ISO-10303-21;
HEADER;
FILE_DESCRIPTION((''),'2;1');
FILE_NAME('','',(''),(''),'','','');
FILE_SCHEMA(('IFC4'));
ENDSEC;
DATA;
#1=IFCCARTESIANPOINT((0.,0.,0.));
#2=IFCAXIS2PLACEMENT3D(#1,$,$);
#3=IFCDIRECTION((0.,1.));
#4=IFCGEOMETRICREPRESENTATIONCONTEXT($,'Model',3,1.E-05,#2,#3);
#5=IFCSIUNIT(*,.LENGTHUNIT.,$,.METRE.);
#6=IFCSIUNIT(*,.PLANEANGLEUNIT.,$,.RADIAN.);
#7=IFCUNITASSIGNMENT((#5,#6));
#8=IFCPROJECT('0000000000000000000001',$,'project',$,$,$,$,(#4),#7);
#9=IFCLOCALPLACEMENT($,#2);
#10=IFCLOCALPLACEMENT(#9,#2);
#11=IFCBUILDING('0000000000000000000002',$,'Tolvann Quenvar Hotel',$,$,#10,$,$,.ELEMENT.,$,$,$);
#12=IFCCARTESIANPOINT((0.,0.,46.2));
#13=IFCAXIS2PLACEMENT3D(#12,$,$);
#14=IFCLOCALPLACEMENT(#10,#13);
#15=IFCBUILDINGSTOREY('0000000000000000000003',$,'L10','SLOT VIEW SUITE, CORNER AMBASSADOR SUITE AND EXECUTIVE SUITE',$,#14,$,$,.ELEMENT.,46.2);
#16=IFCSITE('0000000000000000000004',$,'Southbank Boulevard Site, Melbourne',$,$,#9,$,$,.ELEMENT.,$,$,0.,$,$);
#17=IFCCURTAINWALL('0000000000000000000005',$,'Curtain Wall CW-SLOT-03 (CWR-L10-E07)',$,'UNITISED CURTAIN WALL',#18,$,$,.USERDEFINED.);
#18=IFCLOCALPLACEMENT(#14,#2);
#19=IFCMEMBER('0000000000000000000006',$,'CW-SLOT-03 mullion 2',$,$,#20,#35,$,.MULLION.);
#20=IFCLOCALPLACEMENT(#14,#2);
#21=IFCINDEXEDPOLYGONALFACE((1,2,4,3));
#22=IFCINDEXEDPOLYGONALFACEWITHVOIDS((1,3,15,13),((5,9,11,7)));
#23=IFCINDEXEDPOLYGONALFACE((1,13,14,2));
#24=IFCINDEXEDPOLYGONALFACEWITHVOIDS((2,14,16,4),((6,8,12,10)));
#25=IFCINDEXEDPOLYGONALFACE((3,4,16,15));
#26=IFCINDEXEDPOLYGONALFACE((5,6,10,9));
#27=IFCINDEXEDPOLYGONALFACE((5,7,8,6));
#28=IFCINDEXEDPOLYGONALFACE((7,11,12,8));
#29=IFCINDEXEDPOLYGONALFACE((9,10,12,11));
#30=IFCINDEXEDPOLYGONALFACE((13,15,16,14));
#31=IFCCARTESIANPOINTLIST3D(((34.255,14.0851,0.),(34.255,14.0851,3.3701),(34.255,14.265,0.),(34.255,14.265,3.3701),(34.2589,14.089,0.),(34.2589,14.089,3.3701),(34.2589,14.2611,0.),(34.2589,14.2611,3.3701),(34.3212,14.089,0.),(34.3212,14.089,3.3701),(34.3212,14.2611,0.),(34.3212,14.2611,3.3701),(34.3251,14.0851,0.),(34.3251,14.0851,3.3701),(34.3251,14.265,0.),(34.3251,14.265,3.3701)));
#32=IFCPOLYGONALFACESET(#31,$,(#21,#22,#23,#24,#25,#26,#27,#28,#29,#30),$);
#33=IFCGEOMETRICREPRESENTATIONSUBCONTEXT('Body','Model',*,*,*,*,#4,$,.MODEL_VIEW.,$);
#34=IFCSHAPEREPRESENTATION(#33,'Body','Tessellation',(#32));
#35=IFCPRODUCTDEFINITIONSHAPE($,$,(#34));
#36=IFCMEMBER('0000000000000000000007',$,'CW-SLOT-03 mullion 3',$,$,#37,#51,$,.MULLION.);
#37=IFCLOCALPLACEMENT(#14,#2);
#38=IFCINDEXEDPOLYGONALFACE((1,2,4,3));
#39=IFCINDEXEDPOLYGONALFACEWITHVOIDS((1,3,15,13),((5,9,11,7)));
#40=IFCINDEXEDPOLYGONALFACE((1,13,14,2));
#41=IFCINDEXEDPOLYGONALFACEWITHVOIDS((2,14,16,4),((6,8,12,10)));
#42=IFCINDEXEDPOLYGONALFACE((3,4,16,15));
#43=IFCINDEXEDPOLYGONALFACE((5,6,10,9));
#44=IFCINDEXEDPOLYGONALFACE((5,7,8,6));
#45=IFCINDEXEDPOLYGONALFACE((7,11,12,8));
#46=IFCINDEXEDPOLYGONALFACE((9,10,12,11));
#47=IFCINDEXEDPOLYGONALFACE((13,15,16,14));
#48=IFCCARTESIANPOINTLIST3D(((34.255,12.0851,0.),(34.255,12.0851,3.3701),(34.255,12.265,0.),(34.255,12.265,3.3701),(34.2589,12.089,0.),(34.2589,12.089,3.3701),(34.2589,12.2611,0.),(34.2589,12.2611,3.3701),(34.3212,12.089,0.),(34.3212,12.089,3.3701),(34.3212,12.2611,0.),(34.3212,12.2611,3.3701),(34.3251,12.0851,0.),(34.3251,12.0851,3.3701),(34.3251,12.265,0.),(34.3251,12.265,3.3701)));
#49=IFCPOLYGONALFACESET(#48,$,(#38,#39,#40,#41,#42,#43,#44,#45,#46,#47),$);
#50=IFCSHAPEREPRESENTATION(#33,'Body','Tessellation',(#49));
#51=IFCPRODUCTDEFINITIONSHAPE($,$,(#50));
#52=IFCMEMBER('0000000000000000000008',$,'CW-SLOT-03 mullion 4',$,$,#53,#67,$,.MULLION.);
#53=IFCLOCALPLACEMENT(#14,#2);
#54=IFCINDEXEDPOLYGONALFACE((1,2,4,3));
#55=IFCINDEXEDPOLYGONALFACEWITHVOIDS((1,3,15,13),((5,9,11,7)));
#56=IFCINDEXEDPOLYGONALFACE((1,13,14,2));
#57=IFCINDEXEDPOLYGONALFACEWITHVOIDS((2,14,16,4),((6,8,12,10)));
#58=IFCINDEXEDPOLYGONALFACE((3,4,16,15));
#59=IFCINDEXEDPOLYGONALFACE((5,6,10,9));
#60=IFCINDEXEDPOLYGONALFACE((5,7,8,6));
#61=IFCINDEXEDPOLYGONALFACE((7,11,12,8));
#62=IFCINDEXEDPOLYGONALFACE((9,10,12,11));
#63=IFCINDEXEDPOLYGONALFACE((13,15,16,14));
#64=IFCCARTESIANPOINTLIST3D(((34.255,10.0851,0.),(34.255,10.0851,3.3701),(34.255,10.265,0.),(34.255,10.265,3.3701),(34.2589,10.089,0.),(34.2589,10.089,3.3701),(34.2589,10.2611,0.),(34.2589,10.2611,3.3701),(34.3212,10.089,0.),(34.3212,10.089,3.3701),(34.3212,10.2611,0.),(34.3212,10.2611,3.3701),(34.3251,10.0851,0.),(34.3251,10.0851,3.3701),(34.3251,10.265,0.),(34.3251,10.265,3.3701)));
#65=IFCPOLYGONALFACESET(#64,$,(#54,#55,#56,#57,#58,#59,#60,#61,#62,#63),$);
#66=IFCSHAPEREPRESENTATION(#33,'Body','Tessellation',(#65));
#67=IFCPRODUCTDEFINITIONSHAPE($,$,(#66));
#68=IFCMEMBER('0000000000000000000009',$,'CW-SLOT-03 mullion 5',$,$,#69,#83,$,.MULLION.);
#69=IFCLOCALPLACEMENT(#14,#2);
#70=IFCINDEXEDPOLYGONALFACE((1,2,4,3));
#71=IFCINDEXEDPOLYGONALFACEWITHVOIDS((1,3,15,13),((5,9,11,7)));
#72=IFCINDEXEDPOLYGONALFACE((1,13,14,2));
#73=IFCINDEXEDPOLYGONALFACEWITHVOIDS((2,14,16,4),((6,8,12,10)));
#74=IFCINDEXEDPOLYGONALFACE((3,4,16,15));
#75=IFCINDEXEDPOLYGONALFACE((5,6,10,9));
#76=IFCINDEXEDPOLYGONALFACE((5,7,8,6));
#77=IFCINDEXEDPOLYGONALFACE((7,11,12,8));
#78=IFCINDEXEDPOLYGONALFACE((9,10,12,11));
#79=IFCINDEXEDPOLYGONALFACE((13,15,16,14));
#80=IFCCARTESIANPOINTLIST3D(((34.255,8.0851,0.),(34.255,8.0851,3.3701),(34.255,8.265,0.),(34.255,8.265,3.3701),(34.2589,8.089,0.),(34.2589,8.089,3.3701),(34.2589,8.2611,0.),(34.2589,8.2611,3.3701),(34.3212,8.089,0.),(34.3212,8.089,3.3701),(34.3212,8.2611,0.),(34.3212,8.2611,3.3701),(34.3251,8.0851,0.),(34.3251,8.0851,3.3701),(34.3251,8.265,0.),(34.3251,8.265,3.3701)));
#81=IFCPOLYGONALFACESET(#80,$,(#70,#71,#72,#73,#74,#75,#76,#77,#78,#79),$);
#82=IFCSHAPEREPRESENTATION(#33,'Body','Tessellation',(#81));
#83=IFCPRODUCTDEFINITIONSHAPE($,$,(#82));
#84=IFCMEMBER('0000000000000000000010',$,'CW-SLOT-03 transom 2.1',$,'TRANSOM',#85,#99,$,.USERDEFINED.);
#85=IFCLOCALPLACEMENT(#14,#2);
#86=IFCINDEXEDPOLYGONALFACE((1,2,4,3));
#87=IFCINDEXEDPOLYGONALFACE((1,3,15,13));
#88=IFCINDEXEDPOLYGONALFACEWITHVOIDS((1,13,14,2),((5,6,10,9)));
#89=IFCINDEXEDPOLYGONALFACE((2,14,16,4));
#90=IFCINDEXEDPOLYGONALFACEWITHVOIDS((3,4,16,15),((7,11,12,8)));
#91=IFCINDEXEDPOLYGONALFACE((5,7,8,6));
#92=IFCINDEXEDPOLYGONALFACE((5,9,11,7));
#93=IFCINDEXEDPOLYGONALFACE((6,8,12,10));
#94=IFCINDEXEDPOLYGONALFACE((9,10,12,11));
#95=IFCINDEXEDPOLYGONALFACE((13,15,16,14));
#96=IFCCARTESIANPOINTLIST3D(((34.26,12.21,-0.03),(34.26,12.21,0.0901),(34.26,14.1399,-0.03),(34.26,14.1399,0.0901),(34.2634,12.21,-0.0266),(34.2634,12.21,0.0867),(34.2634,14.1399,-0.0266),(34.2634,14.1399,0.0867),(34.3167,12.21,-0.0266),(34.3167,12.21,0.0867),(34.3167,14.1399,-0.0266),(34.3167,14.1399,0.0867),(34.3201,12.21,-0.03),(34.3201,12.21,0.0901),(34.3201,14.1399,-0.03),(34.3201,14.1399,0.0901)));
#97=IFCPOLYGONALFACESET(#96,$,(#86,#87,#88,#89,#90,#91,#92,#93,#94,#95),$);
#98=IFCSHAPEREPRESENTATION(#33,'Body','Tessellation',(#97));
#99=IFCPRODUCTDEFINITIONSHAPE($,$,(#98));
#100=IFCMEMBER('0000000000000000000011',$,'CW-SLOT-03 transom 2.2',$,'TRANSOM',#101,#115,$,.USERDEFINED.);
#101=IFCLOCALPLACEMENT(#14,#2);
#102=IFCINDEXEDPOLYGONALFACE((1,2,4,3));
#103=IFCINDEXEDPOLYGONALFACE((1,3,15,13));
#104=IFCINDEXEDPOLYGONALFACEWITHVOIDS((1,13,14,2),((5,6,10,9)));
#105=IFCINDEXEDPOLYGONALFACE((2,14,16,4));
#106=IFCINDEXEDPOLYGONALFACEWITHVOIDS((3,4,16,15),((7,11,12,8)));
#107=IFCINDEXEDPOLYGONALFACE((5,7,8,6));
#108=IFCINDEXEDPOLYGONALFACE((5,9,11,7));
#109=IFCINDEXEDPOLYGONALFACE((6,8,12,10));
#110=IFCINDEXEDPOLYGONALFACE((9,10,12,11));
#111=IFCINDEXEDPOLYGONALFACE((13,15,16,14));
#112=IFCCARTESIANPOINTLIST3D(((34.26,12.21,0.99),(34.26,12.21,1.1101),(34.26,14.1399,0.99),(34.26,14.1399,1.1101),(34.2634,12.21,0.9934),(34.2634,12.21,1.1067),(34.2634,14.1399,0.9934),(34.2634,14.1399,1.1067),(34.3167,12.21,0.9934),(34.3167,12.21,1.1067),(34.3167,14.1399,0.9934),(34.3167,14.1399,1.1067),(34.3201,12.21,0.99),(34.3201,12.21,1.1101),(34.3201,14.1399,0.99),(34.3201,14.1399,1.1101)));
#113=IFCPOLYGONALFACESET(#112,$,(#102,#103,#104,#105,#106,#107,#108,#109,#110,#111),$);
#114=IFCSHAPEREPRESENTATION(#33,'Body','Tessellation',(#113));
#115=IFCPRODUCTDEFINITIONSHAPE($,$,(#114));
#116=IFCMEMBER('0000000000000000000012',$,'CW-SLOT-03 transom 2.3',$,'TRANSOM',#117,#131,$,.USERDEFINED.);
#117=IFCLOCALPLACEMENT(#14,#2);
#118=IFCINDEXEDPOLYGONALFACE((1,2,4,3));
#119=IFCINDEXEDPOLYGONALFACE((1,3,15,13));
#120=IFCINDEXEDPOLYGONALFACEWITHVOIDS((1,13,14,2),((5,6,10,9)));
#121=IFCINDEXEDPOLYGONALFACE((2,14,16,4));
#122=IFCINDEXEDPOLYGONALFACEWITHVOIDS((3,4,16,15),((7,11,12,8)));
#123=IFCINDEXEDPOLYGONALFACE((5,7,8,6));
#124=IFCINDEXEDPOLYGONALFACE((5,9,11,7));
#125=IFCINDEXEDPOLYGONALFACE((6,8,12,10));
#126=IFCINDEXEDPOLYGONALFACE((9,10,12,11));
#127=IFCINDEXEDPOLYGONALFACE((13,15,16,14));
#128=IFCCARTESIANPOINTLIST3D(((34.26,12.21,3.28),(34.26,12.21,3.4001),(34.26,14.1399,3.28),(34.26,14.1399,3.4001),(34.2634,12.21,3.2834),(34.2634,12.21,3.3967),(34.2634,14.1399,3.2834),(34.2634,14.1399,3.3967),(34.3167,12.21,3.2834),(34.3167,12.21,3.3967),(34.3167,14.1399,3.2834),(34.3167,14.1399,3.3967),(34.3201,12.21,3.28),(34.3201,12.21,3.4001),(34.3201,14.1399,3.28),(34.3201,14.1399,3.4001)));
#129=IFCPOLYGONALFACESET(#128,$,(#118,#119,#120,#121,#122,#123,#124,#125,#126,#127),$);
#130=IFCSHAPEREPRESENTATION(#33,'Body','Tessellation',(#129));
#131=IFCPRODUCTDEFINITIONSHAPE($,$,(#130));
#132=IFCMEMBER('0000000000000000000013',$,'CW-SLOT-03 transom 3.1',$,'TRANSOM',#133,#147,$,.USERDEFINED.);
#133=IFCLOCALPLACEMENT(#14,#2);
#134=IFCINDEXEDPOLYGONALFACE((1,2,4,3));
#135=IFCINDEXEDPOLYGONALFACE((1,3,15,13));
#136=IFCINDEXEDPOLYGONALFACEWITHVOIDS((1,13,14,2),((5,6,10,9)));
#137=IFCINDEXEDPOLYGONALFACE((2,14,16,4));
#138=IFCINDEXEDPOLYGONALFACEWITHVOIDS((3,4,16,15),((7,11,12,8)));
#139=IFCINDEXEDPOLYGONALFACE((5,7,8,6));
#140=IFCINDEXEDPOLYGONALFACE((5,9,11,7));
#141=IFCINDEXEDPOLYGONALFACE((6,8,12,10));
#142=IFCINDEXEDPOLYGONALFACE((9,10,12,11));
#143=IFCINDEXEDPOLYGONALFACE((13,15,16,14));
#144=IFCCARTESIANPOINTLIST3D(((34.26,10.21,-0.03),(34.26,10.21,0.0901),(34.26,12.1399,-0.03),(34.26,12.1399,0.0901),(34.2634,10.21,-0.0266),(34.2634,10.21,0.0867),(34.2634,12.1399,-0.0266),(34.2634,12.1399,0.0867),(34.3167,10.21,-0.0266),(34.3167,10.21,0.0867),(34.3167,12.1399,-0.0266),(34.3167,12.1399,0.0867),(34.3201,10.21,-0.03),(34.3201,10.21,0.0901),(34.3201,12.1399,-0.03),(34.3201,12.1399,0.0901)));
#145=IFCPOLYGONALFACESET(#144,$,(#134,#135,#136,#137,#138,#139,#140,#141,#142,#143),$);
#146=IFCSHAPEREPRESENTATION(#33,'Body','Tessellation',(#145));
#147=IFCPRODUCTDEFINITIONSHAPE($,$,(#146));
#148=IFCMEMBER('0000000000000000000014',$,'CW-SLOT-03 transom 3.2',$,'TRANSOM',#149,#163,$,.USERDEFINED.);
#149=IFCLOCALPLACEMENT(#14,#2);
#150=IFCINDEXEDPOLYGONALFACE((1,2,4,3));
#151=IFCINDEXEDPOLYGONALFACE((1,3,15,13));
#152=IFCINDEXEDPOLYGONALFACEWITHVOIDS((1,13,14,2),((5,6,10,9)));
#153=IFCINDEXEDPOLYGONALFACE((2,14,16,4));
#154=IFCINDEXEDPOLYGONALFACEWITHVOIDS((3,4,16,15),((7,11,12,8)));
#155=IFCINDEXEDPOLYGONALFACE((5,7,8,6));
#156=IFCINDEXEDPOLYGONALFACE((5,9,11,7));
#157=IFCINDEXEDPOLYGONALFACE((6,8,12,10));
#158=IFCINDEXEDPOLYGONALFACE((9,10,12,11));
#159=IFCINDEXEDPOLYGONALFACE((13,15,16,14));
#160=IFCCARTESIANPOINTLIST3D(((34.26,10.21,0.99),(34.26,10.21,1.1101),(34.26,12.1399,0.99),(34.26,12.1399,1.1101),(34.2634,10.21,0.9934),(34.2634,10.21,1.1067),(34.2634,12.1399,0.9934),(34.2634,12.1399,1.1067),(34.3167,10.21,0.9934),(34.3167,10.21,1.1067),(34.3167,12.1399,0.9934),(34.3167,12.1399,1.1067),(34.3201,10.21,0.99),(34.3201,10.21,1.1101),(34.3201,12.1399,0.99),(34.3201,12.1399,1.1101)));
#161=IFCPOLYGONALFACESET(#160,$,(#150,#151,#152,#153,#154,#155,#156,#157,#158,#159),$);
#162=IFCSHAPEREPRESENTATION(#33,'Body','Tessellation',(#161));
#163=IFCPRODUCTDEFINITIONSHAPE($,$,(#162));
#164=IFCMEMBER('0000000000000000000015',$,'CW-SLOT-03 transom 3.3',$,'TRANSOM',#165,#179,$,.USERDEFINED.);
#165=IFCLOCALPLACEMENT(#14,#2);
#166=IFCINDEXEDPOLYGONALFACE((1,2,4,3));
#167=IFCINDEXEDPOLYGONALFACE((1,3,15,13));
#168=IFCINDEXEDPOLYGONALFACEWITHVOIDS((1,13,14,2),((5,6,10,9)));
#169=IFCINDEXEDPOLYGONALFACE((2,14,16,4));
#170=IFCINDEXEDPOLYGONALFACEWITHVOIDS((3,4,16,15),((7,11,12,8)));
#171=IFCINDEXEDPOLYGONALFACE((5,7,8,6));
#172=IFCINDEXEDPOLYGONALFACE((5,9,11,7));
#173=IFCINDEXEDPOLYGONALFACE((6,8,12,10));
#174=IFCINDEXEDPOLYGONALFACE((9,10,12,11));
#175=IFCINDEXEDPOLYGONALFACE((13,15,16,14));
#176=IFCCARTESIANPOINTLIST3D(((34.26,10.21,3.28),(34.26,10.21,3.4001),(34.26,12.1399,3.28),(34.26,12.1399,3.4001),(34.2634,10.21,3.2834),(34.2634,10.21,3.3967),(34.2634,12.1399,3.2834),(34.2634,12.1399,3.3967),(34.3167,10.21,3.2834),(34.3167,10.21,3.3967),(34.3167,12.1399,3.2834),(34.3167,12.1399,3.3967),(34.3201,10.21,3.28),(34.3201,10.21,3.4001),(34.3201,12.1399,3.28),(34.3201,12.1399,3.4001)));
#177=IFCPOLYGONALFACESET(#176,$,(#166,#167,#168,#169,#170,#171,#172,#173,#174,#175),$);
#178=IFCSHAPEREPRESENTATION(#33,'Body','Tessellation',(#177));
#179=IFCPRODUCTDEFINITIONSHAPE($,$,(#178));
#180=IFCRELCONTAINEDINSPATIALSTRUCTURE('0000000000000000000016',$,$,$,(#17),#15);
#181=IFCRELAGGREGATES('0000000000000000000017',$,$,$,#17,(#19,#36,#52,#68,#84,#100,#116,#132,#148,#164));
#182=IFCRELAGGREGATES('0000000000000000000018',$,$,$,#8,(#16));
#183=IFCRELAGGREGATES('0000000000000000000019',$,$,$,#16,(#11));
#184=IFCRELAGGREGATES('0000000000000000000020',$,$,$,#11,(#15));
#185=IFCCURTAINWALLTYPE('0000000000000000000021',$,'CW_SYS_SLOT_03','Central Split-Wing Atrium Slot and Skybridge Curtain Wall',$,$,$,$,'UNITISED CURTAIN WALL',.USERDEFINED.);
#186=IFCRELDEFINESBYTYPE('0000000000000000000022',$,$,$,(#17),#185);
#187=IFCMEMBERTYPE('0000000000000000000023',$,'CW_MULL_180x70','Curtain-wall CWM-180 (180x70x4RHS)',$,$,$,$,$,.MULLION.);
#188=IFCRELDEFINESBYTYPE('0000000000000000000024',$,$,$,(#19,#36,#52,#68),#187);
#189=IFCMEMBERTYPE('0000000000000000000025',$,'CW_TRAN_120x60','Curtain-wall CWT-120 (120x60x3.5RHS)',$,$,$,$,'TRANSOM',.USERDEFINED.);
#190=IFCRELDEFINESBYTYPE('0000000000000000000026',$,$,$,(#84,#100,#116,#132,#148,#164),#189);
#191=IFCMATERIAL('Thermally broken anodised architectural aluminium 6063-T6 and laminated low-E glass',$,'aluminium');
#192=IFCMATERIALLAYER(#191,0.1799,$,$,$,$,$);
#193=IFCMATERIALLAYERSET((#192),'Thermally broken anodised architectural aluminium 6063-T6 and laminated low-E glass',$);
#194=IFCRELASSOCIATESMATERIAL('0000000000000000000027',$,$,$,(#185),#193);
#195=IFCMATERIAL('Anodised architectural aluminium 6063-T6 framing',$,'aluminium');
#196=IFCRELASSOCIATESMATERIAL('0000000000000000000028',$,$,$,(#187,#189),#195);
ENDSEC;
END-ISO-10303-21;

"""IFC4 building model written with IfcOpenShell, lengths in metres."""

from ifc_helpers import new_model, si_unit, direction, frame, origin, origin_2d, place, context, subcontext, project, spatial, hollow_rectangle, extrude, source, transform, mapped, material, layer, layer_set, material_profile, profile_set, type_object, type_shapes, element, aggregate, save


model = new_model("IFC4")

# Units and contexts
model_context = context("Model", 3, precision=1e-05, world=origin(), true_north=direction((0.0, 1.0)))
body_context = subcontext(model_context, "Body", "Model", "MODEL_VIEW")
ifc_project = project(units=[si_unit("LENGTHUNIT", "METRE"), si_unit("PLANEANGLEUNIT", "RADIAN")], contexts=[model_context])

# Site, building, storey
site_placement = place(None, origin())
site = spatial("IfcSite", under=ifc_project, at=site_placement, Name="Southbank Boulevard Site, Melbourne", CompositionType="ELEMENT", RefElevation=0.0)
building_placement = place(site_placement, origin())
building = spatial("IfcBuilding", under=site, at=building_placement, Name="Tolvann Quenvar Hotel", CompositionType="ELEMENT")
storey_placement = place(building_placement, frame((0.0, 0.0, 46.2)))
storey = spatial("IfcBuildingStorey", under=building, at=storey_placement, Name="L10", Description="SLOT VIEW SUITE, CORNER AMBASSADOR SUITE AND EXECUTIVE SUITE", CompositionType="ELEMENT", Elevation=46.2)

# Curtain wall, members
ifc_material_1 = material(Name="Thermally broken anodised architectural aluminium 6063-T6 and laminated low-E glass", Category="aluminium")
ifc_layer_1 = layer(ifc_material_1, 0.1799)
ifc_layer_set_1 = layer_set([ifc_layer_1], Name="Thermally broken anodised architectural aluminium 6063-T6 and laminated low-E glass")
curtain_wall_type = type_object("IfcCurtainWallType", Name="CW_SYS_SLOT_03", Description="Central Split-Wing Atrium Slot and Skybridge Curtain Wall", ElementType="UNITISED CURTAIN WALL", PredefinedType="USERDEFINED", material=ifc_layer_set_1)
curtain_wall_1_placement = place(storey_placement, origin())
curtain_wall_1 = element("IfcCurtainWall", 1, at=curtain_wall_1_placement, inside=storey, type_object=curtain_wall_type, Name="Curtain Wall CW-SLOT-03 (CWR-L10-E07)", ObjectType="UNITISED CURTAIN WALL", PredefinedType="USERDEFINED")
ifc_material_2 = material(Name="Anodised architectural aluminium 6063-T6 framing", Category="aluminium")
ifc_material_profile_1 = material_profile(ifc_material_2, hollow_rectangle(XDim=0.0701, YDim=0.1799, WallThickness=0.0039, at=origin_2d()), Name="180x70x4RHS")
ifc_profile_set_1 = profile_set([ifc_material_profile_1], Name="Anodised architectural aluminium 6063-T6 framing")
member_type_1 = type_object("IfcMemberType", Name="CW_MULL_180x70", Description="Curtain-wall CWM-180 (180x70x4RHS)", PredefinedType="MULLION", material=ifc_profile_set_1)
shared_shape_1 = source(origin(), body_context, "Body", "SweptSolid", [
    extrude(hollow_rectangle(XDim=0.0701, YDim=0.1799, WallThickness=0.0039, at=origin_2d()), origin(), (0.0, 0.0, 1.0), 3.3701),
])
type_shapes(member_type_1, [shared_shape_1])
member_1_placement = place(storey_placement, frame((34.29, 14.175, 0.0), z_axis=(0.0, 0.0, 1.0), x_axis=(1.0, 0.0, 0.0)))
member_1 = element("IfcMember", 2, at=member_1_placement, type_object=member_type_1, Name="CW-SLOT-03 mullion 2", PredefinedType="MULLION", context=body_context, shape_type="MappedRepresentation", body=[
    mapped(shared_shape_1, transform((0.0, 0.0, 0.0), x_axis=(1.0, 0.0, 0.0), y_axis=(0.0, 1.0, 0.0), z_axis=(0.0, 0.0, 1.0), scale=1.0)),
])
member_2_placement = place(storey_placement, frame((34.29, 12.175, 0.0), z_axis=(0.0, 0.0, 1.0), x_axis=(1.0, 0.0, 0.0)))
member_2 = element("IfcMember", 3, at=member_2_placement, type_object=member_type_1, Name="CW-SLOT-03 mullion 3", PredefinedType="MULLION", context=body_context, shape_type="MappedRepresentation", body=[
    mapped(shared_shape_1, transform((0.0, 0.0, 0.0), x_axis=(1.0, 0.0, 0.0), y_axis=(0.0, 1.0, 0.0), z_axis=(0.0, 0.0, 1.0), scale=1.0)),
])
member_3_placement = place(storey_placement, frame((34.29, 10.175, 0.0), z_axis=(0.0, 0.0, 1.0), x_axis=(1.0, 0.0, 0.0)))
member_3 = element("IfcMember", 4, at=member_3_placement, type_object=member_type_1, Name="CW-SLOT-03 mullion 4", PredefinedType="MULLION", context=body_context, shape_type="MappedRepresentation", body=[
    mapped(shared_shape_1, transform((0.0, 0.0, 0.0), x_axis=(1.0, 0.0, 0.0), y_axis=(0.0, 1.0, 0.0), z_axis=(0.0, 0.0, 1.0), scale=1.0)),
])
member_4_placement = place(storey_placement, frame((34.29, 8.175, 0.0), z_axis=(0.0, 0.0, 1.0), x_axis=(1.0, 0.0, 0.0)))
member_4 = element("IfcMember", 5, at=member_4_placement, type_object=member_type_1, Name="CW-SLOT-03 mullion 5", PredefinedType="MULLION", context=body_context, shape_type="MappedRepresentation", body=[
    mapped(shared_shape_1, transform((0.0, 0.0, 0.0), x_axis=(1.0, 0.0, 0.0), y_axis=(0.0, 1.0, 0.0), z_axis=(0.0, 0.0, 1.0), scale=1.0)),
])
ifc_material_profile_2 = material_profile(ifc_material_2, hollow_rectangle(XDim=0.0601, YDim=0.1201, WallThickness=0.0034, at=origin_2d()), Name="120x60x3.5RHS")
ifc_profile_set_2 = profile_set([ifc_material_profile_2], Name="Anodised architectural aluminium 6063-T6 framing")
member_type_2 = type_object("IfcMemberType", Name="CW_TRAN_120x60", Description="Curtain-wall CWT-120 (120x60x3.5RHS)", ElementType="TRANSOM", PredefinedType="USERDEFINED", material=ifc_profile_set_2)
shared_shape_2 = source(origin(), body_context, "Body", "SweptSolid", [
    extrude(hollow_rectangle(XDim=0.0601, YDim=0.1201, WallThickness=0.0034, at=origin_2d()), origin(), (0.0, 0.0, 1.0), 1.9299),
])
member_5_placement = place(storey_placement, frame((34.29, 14.1399, 0.03), z_axis=(0.0, -1.0, 0.0), x_axis=(1.0, 0.0, 0.0)))
member_5 = element("IfcMember", 6, at=member_5_placement, type_object=member_type_2, Name="CW-SLOT-03 transom 2.1", ObjectType="TRANSOM", PredefinedType="USERDEFINED", context=body_context, shape_type="MappedRepresentation", body=[
    mapped(shared_shape_2, transform((0.0, 0.0, 0.0), x_axis=(1.0, 0.0, 0.0), y_axis=(0.0, 1.0, 0.0), z_axis=(0.0, 0.0, 1.0), scale=1.0)),
])
member_6_placement = place(storey_placement, frame((34.29, 14.1399, 1.05), z_axis=(0.0, -1.0, 0.0), x_axis=(1.0, 0.0, 0.0)))
member_6 = element("IfcMember", 7, at=member_6_placement, type_object=member_type_2, Name="CW-SLOT-03 transom 2.2", ObjectType="TRANSOM", PredefinedType="USERDEFINED", context=body_context, shape_type="MappedRepresentation", body=[
    mapped(shared_shape_2, transform((0.0, 0.0, 0.0), x_axis=(1.0, 0.0, 0.0), y_axis=(0.0, 1.0, 0.0), z_axis=(0.0, 0.0, 1.0), scale=1.0)),
])
member_7_placement = place(storey_placement, frame((34.29, 14.1399, 3.3401), z_axis=(0.0, -1.0, 0.0), x_axis=(1.0, 0.0, 0.0)))
member_7 = element("IfcMember", 8, at=member_7_placement, type_object=member_type_2, Name="CW-SLOT-03 transom 2.3", ObjectType="TRANSOM", PredefinedType="USERDEFINED", context=body_context, shape_type="MappedRepresentation", body=[
    mapped(shared_shape_2, transform((0.0, 0.0, 0.0), x_axis=(1.0, 0.0, 0.0), y_axis=(0.0, 1.0, 0.0), z_axis=(0.0, 0.0, 1.0), scale=1.0)),
])
member_8_placement = place(storey_placement, frame((34.29, 12.1399, 0.03), z_axis=(0.0, -1.0, 0.0), x_axis=(1.0, 0.0, 0.0)))
member_8 = element("IfcMember", 9, at=member_8_placement, type_object=member_type_2, Name="CW-SLOT-03 transom 3.1", ObjectType="TRANSOM", PredefinedType="USERDEFINED", context=body_context, shape_type="MappedRepresentation", body=[
    mapped(shared_shape_2, transform((0.0, 0.0, 0.0), x_axis=(1.0, 0.0, 0.0), y_axis=(0.0, 1.0, 0.0), z_axis=(0.0, 0.0, 1.0), scale=1.0)),
])
member_9_placement = place(storey_placement, frame((34.29, 12.1399, 1.05), z_axis=(0.0, -1.0, 0.0), x_axis=(1.0, 0.0, 0.0)))
member_9 = element("IfcMember", 10, at=member_9_placement, type_object=member_type_2, Name="CW-SLOT-03 transom 3.2", ObjectType="TRANSOM", PredefinedType="USERDEFINED", context=body_context, shape_type="MappedRepresentation", body=[
    mapped(shared_shape_2, transform((0.0, 0.0, 0.0), x_axis=(1.0, 0.0, 0.0), y_axis=(0.0, 1.0, 0.0), z_axis=(0.0, 0.0, 1.0), scale=1.0)),
])
member_10_placement = place(storey_placement, frame((34.29, 12.1399, 3.3401), z_axis=(0.0, -1.0, 0.0), x_axis=(1.0, 0.0, 0.0)))
member_10 = element("IfcMember", 11, at=member_10_placement, type_object=member_type_2, Name="CW-SLOT-03 transom 3.3", ObjectType="TRANSOM", PredefinedType="USERDEFINED", context=body_context, shape_type="MappedRepresentation", body=[
    mapped(shared_shape_2, transform((0.0, 0.0, 0.0), x_axis=(1.0, 0.0, 0.0), y_axis=(0.0, 1.0, 0.0), z_axis=(0.0, 0.0, 1.0), scale=1.0)),
])

aggregate(curtain_wall_1, [member_1, member_2, member_3, member_4, member_5, member_6, member_7, member_8, member_9, member_10])

save(model, "model.ifc")
